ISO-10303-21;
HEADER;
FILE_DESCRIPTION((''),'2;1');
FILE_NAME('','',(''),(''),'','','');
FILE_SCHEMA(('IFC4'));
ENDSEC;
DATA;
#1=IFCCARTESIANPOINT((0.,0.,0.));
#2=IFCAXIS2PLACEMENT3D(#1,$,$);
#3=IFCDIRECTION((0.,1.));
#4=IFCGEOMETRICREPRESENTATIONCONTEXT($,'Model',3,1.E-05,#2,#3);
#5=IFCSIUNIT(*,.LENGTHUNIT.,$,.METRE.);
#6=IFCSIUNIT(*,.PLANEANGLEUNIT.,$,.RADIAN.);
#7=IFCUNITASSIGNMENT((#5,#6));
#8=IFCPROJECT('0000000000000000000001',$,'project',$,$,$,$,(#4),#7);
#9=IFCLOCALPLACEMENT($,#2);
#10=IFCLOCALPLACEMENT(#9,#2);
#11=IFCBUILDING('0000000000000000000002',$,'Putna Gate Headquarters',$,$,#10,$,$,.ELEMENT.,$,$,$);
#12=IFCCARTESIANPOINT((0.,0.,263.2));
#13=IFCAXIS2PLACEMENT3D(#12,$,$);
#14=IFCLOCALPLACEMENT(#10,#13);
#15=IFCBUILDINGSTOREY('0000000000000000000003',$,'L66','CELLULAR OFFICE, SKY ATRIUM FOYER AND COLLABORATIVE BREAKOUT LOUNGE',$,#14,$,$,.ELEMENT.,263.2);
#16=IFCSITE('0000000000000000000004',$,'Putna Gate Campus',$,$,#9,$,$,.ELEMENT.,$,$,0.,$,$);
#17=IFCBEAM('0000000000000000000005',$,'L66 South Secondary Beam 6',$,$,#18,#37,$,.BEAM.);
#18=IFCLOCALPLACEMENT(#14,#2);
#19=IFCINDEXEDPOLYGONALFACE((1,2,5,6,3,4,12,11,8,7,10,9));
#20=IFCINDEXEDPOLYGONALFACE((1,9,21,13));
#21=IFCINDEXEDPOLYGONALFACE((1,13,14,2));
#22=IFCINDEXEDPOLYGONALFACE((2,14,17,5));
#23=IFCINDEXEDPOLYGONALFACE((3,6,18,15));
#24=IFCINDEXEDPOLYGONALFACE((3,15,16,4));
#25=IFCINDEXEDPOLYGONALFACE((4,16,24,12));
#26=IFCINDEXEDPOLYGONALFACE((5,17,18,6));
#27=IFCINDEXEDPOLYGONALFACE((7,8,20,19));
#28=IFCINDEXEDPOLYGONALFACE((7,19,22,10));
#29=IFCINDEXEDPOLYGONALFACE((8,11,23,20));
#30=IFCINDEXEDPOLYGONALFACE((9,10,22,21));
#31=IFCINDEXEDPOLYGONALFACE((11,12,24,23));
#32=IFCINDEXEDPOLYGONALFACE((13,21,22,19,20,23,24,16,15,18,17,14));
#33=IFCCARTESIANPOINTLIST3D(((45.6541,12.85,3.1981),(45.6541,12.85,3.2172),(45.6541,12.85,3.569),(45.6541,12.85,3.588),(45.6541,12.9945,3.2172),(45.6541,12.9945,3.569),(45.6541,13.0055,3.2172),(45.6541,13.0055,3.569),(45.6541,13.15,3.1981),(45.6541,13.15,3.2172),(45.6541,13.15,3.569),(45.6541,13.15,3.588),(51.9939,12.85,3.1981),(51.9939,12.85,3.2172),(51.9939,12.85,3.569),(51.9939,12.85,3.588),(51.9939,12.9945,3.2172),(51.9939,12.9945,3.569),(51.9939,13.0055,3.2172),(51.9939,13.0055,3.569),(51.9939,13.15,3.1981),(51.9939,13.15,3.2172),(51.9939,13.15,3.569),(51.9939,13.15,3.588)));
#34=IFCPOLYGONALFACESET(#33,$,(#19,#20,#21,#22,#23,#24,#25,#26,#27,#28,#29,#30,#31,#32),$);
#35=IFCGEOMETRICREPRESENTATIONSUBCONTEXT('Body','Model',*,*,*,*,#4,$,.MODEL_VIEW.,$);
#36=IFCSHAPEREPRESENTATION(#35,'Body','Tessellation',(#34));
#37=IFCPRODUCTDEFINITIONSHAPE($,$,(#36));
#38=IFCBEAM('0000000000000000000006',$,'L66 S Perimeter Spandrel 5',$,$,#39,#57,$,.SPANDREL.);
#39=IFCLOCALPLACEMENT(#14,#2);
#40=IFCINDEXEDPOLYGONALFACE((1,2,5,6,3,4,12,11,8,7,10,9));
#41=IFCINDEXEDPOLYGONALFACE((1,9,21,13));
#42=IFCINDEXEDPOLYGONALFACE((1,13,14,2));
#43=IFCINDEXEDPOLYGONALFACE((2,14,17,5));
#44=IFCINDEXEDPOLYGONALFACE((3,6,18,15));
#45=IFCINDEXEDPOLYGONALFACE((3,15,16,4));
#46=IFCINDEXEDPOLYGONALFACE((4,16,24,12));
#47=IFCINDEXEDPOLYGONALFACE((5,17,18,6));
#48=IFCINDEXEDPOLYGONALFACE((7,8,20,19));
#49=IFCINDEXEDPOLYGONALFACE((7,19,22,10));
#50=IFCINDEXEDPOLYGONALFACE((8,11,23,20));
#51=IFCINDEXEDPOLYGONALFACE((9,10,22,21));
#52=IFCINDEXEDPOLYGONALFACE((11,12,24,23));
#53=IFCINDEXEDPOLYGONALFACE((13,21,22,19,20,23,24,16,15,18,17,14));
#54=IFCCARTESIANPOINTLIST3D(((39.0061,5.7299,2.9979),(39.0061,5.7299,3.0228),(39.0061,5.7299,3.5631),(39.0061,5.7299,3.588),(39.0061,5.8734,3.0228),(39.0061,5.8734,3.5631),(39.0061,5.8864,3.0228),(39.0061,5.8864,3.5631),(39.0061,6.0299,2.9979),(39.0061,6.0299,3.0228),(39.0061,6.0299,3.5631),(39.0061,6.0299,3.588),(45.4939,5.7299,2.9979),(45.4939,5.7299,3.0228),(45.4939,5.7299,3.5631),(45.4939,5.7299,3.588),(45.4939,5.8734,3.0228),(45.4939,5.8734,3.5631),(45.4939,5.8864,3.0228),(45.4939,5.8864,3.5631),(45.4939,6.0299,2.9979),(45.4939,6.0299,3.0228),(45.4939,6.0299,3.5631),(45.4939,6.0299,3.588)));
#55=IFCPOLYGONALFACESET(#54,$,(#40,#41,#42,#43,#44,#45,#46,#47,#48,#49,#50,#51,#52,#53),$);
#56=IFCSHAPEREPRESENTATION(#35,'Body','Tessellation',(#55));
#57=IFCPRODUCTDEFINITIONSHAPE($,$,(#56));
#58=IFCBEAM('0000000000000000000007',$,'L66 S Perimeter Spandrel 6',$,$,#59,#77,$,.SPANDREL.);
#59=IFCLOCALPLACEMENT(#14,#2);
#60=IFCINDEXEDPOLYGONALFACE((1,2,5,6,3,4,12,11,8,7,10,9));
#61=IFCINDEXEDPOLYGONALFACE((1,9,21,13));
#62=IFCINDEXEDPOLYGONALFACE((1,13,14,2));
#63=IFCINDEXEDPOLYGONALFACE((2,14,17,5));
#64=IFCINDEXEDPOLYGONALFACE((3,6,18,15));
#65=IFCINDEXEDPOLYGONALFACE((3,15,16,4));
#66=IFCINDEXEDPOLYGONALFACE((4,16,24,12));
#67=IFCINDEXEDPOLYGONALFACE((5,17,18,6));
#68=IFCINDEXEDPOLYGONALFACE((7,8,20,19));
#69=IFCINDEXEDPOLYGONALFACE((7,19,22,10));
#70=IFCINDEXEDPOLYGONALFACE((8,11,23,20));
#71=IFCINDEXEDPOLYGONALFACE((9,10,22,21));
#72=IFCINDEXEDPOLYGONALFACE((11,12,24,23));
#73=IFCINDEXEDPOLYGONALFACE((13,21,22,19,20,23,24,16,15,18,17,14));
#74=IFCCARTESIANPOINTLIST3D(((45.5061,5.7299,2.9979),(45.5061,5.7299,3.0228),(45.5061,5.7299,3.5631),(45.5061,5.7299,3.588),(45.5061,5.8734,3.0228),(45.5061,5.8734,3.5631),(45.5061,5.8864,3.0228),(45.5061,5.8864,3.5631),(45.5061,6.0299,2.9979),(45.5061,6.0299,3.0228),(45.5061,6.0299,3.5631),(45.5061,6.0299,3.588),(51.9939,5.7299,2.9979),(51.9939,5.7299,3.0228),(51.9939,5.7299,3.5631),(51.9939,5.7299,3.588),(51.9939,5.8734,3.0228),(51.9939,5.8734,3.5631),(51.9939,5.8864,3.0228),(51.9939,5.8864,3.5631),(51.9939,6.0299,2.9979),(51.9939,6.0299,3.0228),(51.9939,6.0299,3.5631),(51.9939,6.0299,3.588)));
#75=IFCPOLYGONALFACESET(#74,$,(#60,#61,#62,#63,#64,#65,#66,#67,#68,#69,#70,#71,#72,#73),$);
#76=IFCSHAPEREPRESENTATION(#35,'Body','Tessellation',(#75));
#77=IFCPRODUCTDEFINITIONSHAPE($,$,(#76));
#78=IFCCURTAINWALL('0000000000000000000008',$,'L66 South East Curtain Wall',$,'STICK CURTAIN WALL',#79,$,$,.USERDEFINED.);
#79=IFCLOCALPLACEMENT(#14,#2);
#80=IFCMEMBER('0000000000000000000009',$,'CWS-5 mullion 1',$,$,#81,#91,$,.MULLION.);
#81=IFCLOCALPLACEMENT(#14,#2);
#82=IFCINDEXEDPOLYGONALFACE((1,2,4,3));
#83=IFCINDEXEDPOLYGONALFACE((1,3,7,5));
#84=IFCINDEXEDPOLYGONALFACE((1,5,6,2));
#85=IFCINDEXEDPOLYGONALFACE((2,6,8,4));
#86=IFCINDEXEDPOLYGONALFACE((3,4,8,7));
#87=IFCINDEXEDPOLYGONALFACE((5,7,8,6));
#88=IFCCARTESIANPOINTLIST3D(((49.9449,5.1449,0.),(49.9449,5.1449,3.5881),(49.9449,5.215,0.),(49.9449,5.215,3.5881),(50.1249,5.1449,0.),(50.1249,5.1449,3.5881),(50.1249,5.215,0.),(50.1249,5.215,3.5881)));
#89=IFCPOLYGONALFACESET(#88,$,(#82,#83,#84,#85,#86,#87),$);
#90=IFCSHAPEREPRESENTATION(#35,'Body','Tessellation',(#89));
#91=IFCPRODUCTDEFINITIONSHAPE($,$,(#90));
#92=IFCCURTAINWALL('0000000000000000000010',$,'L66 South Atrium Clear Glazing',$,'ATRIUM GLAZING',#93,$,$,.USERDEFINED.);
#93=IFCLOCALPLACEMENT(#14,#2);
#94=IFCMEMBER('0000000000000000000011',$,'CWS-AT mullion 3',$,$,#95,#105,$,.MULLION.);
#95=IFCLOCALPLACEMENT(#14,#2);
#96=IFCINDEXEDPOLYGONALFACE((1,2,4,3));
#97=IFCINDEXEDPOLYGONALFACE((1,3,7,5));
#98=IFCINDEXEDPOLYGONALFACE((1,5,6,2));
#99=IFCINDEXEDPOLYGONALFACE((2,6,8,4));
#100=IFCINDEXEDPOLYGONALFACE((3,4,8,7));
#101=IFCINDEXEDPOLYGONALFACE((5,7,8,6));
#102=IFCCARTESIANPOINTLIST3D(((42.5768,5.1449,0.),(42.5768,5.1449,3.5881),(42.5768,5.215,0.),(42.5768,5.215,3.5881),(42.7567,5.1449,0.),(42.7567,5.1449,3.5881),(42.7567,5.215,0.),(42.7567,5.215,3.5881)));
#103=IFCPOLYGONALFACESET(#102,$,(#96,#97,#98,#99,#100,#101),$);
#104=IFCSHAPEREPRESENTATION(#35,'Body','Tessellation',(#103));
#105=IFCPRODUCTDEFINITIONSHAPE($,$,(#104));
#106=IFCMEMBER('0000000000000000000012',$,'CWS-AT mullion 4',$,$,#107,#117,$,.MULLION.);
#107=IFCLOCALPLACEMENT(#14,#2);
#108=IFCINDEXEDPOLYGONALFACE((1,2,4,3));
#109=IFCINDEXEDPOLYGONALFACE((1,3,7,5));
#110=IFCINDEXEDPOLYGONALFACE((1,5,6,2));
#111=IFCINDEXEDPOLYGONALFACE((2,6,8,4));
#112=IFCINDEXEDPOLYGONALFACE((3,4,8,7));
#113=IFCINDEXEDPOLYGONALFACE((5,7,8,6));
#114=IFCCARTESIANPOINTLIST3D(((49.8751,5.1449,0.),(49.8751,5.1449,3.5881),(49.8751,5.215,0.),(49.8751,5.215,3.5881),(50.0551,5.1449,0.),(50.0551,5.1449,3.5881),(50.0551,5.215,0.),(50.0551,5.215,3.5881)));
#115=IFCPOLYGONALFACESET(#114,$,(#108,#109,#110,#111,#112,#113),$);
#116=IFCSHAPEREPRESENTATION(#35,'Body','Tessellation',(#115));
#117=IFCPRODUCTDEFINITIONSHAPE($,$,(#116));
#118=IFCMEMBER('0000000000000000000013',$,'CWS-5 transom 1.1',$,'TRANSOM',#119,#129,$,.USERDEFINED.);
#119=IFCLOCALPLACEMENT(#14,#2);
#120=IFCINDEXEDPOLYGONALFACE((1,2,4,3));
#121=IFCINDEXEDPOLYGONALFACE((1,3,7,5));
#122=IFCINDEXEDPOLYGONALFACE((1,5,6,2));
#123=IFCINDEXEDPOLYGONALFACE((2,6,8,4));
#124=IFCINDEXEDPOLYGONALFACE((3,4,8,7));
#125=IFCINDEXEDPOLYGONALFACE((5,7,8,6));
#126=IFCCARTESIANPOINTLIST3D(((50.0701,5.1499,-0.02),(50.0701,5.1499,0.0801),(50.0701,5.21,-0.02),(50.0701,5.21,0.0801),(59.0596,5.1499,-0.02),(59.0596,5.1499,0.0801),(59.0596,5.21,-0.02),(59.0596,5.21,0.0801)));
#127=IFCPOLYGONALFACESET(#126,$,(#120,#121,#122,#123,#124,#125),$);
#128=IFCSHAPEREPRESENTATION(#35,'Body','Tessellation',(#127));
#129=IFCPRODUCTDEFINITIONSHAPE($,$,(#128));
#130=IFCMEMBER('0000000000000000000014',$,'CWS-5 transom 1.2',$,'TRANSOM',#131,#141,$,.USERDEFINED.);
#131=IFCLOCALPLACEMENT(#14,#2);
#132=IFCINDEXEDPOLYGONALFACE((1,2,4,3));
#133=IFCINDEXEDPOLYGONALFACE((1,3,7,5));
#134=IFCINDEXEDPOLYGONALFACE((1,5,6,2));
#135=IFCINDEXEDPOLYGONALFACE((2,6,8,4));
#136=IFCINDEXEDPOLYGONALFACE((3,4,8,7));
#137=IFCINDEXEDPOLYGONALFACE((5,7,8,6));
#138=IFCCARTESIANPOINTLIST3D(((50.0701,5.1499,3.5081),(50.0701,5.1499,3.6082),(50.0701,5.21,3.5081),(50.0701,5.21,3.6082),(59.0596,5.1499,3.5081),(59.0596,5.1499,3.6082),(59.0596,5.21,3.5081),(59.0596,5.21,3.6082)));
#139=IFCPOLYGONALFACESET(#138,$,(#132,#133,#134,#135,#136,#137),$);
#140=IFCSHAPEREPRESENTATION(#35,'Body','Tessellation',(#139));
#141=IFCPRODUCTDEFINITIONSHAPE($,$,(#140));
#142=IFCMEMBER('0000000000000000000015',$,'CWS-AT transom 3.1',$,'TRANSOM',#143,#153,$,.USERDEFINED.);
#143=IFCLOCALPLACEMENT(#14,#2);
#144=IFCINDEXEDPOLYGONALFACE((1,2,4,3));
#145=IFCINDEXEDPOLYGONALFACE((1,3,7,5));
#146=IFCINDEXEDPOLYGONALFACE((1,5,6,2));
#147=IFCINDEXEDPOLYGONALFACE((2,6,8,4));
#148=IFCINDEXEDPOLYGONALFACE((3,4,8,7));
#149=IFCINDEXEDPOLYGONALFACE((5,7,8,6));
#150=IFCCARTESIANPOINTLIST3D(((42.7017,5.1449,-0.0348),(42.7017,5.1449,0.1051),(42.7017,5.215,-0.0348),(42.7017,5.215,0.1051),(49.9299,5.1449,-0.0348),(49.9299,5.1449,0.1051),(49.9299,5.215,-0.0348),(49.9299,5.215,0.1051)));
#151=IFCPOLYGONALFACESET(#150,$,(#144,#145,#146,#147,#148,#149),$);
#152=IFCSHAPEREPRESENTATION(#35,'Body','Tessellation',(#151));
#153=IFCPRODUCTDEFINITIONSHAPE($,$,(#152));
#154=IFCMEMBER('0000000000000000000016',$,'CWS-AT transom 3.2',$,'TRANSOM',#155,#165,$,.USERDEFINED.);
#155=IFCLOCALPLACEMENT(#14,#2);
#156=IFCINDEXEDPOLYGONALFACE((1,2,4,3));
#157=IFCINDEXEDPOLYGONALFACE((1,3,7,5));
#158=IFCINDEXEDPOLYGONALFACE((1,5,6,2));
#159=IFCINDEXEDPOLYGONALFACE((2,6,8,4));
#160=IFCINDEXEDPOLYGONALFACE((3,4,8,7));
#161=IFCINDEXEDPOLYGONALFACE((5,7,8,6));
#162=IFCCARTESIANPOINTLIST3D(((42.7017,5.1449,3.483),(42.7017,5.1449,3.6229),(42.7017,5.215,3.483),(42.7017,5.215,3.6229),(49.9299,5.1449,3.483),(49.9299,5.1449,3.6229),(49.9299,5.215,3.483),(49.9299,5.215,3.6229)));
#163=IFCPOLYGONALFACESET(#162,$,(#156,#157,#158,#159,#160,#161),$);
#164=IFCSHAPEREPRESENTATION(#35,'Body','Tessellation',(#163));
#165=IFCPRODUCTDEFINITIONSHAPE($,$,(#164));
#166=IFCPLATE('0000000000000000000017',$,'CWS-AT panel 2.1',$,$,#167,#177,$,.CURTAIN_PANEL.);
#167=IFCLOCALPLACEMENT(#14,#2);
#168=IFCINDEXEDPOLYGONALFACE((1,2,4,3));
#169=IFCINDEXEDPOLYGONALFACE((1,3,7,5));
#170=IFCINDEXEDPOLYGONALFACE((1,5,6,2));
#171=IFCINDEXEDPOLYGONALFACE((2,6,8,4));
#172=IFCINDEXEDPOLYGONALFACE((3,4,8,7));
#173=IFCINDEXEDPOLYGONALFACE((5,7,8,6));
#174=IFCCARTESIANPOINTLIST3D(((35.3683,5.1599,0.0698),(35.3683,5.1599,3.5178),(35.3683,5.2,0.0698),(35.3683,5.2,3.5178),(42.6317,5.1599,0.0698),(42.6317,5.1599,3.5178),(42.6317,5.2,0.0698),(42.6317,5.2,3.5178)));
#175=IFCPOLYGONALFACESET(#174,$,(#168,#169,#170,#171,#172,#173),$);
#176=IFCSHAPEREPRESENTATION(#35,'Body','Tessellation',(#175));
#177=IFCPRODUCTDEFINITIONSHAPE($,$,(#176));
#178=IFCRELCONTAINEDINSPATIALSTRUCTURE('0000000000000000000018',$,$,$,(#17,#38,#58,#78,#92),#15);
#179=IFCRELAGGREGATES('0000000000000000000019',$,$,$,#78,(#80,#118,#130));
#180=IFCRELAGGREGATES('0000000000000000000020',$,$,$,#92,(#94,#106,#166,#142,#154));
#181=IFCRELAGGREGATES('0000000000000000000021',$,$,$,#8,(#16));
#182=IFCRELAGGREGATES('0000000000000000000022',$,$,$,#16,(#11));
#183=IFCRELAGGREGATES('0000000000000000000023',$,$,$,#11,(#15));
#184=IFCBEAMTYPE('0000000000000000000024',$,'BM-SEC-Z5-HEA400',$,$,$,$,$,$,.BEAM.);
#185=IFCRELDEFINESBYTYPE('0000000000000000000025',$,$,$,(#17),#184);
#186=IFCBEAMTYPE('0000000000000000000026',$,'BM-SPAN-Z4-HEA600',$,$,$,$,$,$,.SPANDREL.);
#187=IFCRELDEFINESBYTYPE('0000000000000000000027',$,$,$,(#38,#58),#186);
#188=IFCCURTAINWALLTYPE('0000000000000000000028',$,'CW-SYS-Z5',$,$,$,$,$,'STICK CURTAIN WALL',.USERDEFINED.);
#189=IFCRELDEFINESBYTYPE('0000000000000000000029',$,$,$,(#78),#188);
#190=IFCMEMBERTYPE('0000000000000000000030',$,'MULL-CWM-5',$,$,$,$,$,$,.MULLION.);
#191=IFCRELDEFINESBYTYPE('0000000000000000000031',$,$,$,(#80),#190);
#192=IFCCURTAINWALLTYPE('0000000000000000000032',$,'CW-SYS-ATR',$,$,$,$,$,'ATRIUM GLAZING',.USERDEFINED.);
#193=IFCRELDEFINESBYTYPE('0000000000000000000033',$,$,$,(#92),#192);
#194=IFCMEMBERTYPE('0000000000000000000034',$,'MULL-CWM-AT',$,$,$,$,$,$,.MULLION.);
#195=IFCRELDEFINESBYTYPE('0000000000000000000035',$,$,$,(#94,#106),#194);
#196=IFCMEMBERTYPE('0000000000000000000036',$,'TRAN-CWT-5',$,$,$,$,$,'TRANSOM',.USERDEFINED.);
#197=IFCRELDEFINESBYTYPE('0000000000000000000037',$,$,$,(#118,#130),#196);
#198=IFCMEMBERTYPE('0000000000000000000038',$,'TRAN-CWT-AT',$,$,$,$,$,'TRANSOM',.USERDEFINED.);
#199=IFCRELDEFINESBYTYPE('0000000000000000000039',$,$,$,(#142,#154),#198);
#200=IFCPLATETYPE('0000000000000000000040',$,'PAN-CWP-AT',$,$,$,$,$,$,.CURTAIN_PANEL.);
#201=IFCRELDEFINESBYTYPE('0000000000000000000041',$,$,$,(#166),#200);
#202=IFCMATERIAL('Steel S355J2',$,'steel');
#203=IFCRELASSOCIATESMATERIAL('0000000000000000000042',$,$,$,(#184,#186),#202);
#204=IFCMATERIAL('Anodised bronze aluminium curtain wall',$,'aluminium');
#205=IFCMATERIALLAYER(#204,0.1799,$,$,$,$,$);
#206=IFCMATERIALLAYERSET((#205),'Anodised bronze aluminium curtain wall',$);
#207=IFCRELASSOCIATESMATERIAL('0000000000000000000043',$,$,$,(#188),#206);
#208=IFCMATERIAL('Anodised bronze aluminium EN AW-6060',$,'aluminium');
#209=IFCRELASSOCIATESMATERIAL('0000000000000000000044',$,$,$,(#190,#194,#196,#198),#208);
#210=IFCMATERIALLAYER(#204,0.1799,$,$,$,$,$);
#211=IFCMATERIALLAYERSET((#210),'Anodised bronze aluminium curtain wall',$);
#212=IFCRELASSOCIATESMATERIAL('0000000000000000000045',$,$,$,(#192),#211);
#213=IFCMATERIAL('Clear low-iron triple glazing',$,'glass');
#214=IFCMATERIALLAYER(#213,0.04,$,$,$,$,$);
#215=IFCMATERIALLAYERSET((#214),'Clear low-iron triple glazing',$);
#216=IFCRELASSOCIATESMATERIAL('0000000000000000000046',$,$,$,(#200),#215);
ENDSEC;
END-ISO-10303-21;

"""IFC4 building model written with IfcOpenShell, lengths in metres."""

from ifc_helpers import new_model, si_unit, direction, frame, origin, origin_2d, place, context, subcontext, project, spatial, rectangle, i_section, extrude, material, layer, layer_set, material_profile, profile_set, type_object, element, aggregate, save


model = new_model("IFC4")

# Units and contexts
model_context = context("Model", 3, precision=1e-05, world=origin(), true_north=direction((0.0, 1.0)))
body_context = subcontext(model_context, "Body", "Model", "MODEL_VIEW")
ifc_project = project(units=[si_unit("LENGTHUNIT", "METRE"), si_unit("PLANEANGLEUNIT", "RADIAN")], contexts=[model_context])

# Site, building, storey
site_placement = place(None, origin())
site = spatial("IfcSite", under=ifc_project, at=site_placement, Name="Putna Gate Campus", CompositionType="ELEMENT", RefElevation=0.0)
building_placement = place(site_placement, origin())
building = spatial("IfcBuilding", under=site, at=building_placement, Name="Putna Gate Headquarters", CompositionType="ELEMENT")
storey_placement = place(building_placement, frame((0.0, 0.0, 263.2)))
storey = spatial("IfcBuildingStorey", under=building, at=storey_placement, Name="L66", Description="CELLULAR OFFICE, SKY ATRIUM FOYER AND COLLABORATIVE BREAKOUT LOUNGE", CompositionType="ELEMENT", Elevation=263.2)

# Beams
ifc_material_1 = material(Name="Steel S355J2", Category="steel")
ifc_material_profile_1 = material_profile(ifc_material_1, i_section(OverallWidth=0.3, OverallDepth=0.3899, WebThickness=0.011, FlangeThickness=0.019, at=origin_2d()), Name="Steel S355J2")
ifc_profile_set_1 = profile_set([ifc_material_profile_1], Name="Steel S355J2")
beam_type_1 = type_object("IfcBeamType", Name="BM-SEC-Z5-HEA400", PredefinedType="BEAM", material=ifc_profile_set_1)
beam_1_placement = place(storey_placement, frame((45.6541, 13.0, 3.3931), z_axis=(1.0, 0.0, 0.0), x_axis=(0.0, 1.0, 0.0)))
element("IfcBeam", 1, at=beam_1_placement, inside=storey, type_object=beam_type_1, Name="L66 South Secondary Beam 6", PredefinedType="BEAM", context=body_context, shape_type="SweptSolid", body=[
    extrude(i_section(OverallWidth=0.3, OverallDepth=0.3899, WebThickness=0.011, FlangeThickness=0.019, at=origin_2d()), origin(), (0.0, 0.0, 1.0), 6.3398),
])
ifc_material_profile_2 = material_profile(ifc_material_1, i_section(OverallWidth=0.3, OverallDepth=0.5901, WebThickness=0.0129, FlangeThickness=0.0249, at=origin_2d()), Name="Steel S355J2")
ifc_profile_set_2 = profile_set([ifc_material_profile_2], Name="Steel S355J2")
beam_type_2 = type_object("IfcBeamType", Name="BM-SPAN-Z4-HEA600", PredefinedType="SPANDREL", material=ifc_profile_set_2)
for number, where, z_axis, x_axis, name in (
    (2, (39.0061, 5.8799, 3.293), (1.0, 0.0, 0.0), (0.0, 1.0, 0.0), "L66 S Perimeter Spandrel 5"),
    (3, (45.5061, 5.8799, 3.293), (1.0, 0.0, 0.0), (0.0, 1.0, 0.0), "L66 S Perimeter Spandrel 6"),
):
    element("IfcBeam", number, at=place(storey_placement, frame(where, z_axis=z_axis, x_axis=x_axis)), inside=storey, type_object=beam_type_2, Name=name, PredefinedType="SPANDREL", context=body_context, shape_type="SweptSolid", body=[
        extrude(i_section(OverallWidth=0.3, OverallDepth=0.5901, WebThickness=0.0129, FlangeThickness=0.0249, at=origin_2d()), origin(), (0.0, 0.0, 1.0), 6.4878),
    ])

# Curtain wall, member
ifc_material_2 = material(Name="Anodised bronze aluminium curtain wall", Category="aluminium")
ifc_layer_1 = layer(ifc_material_2, 0.1799)
ifc_layer_set_1 = layer_set([ifc_layer_1], Name="Anodised bronze aluminium curtain wall")
curtain_wall_type_1 = type_object("IfcCurtainWallType", Name="CW-SYS-Z5", ElementType="STICK CURTAIN WALL", PredefinedType="USERDEFINED", material=ifc_layer_set_1)
curtain_wall_1_placement = place(storey_placement, origin())
curtain_wall_1 = element("IfcCurtainWall", 4, at=curtain_wall_1_placement, inside=storey, type_object=curtain_wall_type_1, Name="L66 South East Curtain Wall", ObjectType="STICK CURTAIN WALL", PredefinedType="USERDEFINED")
ifc_material_3 = material(Name="Anodised bronze aluminium EN AW-6060", Category="aluminium")
ifc_material_profile_3 = material_profile(ifc_material_3, rectangle(XDim=0.0701, YDim=0.1799, at=origin_2d()), Name="Anodised bronze aluminium EN AW-6060")
ifc_profile_set_3 = profile_set([ifc_material_profile_3], Name="Anodised bronze aluminium EN AW-6060")
member_type_1 = type_object("IfcMemberType", Name="MULL-CWM-5", PredefinedType="MULLION", material=ifc_profile_set_3)
member_1_placement = place(storey_placement, frame((50.0349, 5.1799, 0.0), z_axis=(0.0, 0.0, 1.0), x_axis=(0.0, 1.0, 0.0)))
member_1 = element("IfcMember", 5, at=member_1_placement, type_object=member_type_1, Name="CWS-5 mullion 1", PredefinedType="MULLION", context=body_context, shape_type="SweptSolid", body=[
    extrude(rectangle(XDim=0.0701, YDim=0.1799, at=origin_2d()), origin(), (0.0, 0.0, 1.0), 3.5881),
])

# Curtain wall, members
ifc_layer_2 = layer(ifc_material_2, 0.1799)
ifc_layer_set_2 = layer_set([ifc_layer_2], Name="Anodised bronze aluminium curtain wall")
curtain_wall_type_2 = type_object("IfcCurtainWallType", Name="CW-SYS-ATR", ElementType="ATRIUM GLAZING", PredefinedType="USERDEFINED", material=ifc_layer_set_2)
curtain_wall_2_placement = place(storey_placement, origin())
curtain_wall_2 = element("IfcCurtainWall", 6, at=curtain_wall_2_placement, inside=storey, type_object=curtain_wall_type_2, Name="L66 South Atrium Clear Glazing", ObjectType="ATRIUM GLAZING", PredefinedType="USERDEFINED")
ifc_material_profile_4 = material_profile(ifc_material_3, rectangle(XDim=0.0701, YDim=0.1799, at=origin_2d()), Name="Anodised bronze aluminium EN AW-6060")
ifc_profile_set_4 = profile_set([ifc_material_profile_4], Name="Anodised bronze aluminium EN AW-6060")
member_type_2 = type_object("IfcMemberType", Name="MULL-CWM-AT", PredefinedType="MULLION", material=ifc_profile_set_4)
member_2_placement = place(storey_placement, frame((42.6667, 5.1799, 0.0), z_axis=(0.0, 0.0, 1.0), x_axis=(0.0, 1.0, 0.0)))
member_2 = element("IfcMember", 7, at=member_2_placement, type_object=member_type_2, Name="CWS-AT mullion 3", PredefinedType="MULLION", context=body_context, shape_type="SweptSolid", body=[
    extrude(rectangle(XDim=0.0701, YDim=0.1799, at=origin_2d()), origin(), (0.0, 0.0, 1.0), 3.5881),
])
member_3_placement = place(storey_placement, frame((49.9651, 5.1799, 0.0), z_axis=(0.0, 0.0, 1.0), x_axis=(0.0, 1.0, 0.0)))
member_3 = element("IfcMember", 8, at=member_3_placement, type_object=member_type_2, Name="CWS-AT mullion 4", PredefinedType="MULLION", context=body_context, shape_type="SweptSolid", body=[
    extrude(rectangle(XDim=0.0701, YDim=0.1799, at=origin_2d()), origin(), (0.0, 0.0, 1.0), 3.5881),
])

# Members
ifc_material_profile_5 = material_profile(ifc_material_3, rectangle(XDim=0.0601, YDim=0.1001, at=origin_2d()), Name="Anodised bronze aluminium EN AW-6060")
ifc_profile_set_5 = profile_set([ifc_material_profile_5], Name="Anodised bronze aluminium EN AW-6060")
member_type_3 = type_object("IfcMemberType", Name="TRAN-CWT-5", ElementType="TRANSOM", PredefinedType="USERDEFINED", material=ifc_profile_set_5)
member_4_placement = place(storey_placement, frame((50.0701, 5.1799, 0.03), z_axis=(1.0, 0.0, 0.0), x_axis=(0.0, 1.0, 0.0)))
member_4 = element("IfcMember", 9, at=member_4_placement, type_object=member_type_3, Name="CWS-5 transom 1.1", ObjectType="TRANSOM", PredefinedType="USERDEFINED", context=body_context, shape_type="SweptSolid", body=[
    extrude(rectangle(XDim=0.0601, YDim=0.1001, at=origin_2d()), origin(), (0.0, 0.0, 1.0), 8.9895),
])
member_5_placement = place(storey_placement, frame((50.0701, 5.1799, 3.5581), z_axis=(1.0, 0.0, 0.0), x_axis=(0.0, 1.0, 0.0)))
member_5 = element("IfcMember", 10, at=member_5_placement, type_object=member_type_3, Name="CWS-5 transom 1.2", ObjectType="TRANSOM", PredefinedType="USERDEFINED", context=body_context, shape_type="SweptSolid", body=[
    extrude(rectangle(XDim=0.0601, YDim=0.1001, at=origin_2d()), origin(), (0.0, 0.0, 1.0), 8.9895),
])
aggregate(curtain_wall_1, [member_1, member_4, member_5])
ifc_material_profile_6 = material_profile(ifc_material_3, rectangle(XDim=0.0701, YDim=0.1399, at=origin_2d()), Name="Anodised bronze aluminium EN AW-6060")
ifc_profile_set_6 = profile_set([ifc_material_profile_6], Name="Anodised bronze aluminium EN AW-6060")
member_type_4 = type_object("IfcMemberType", Name="TRAN-CWT-AT", ElementType="TRANSOM", PredefinedType="USERDEFINED", material=ifc_profile_set_6)
member_6_placement = place(storey_placement, frame((42.7017, 5.1799, 0.0352), z_axis=(1.0, 0.0, 0.0), x_axis=(0.0, 1.0, 0.0)))
member_6 = element("IfcMember", 11, at=member_6_placement, type_object=member_type_4, Name="CWS-AT transom 3.1", ObjectType="TRANSOM", PredefinedType="USERDEFINED", context=body_context, shape_type="SweptSolid", body=[
    extrude(rectangle(XDim=0.0701, YDim=0.1399, at=origin_2d()), origin(), (0.0, 0.0, 1.0), 7.2283),
])
member_7_placement = place(storey_placement, frame((42.7017, 5.1799, 3.553), z_axis=(1.0, 0.0, 0.0), x_axis=(0.0, 1.0, 0.0)))
member_7 = element("IfcMember", 12, at=member_7_placement, type_object=member_type_4, Name="CWS-AT transom 3.2", ObjectType="TRANSOM", PredefinedType="USERDEFINED", context=body_context, shape_type="SweptSolid", body=[
    extrude(rectangle(XDim=0.0701, YDim=0.1399, at=origin_2d()), origin(), (0.0, 0.0, 1.0), 7.2283),
])

# Plate
ifc_material_4 = material(Name="Clear low-iron triple glazing", Category="glass")
ifc_layer_3 = layer(ifc_material_4, 0.04)
ifc_layer_set_3 = layer_set([ifc_layer_3], Name="Clear low-iron triple glazing")
plate_type = type_object("IfcPlateType", Name="PAN-CWP-AT", PredefinedType="CURTAIN_PANEL", material=ifc_layer_set_3)
plate_1_placement = place(storey_placement, frame((39.0, 5.1799, 0.0698), z_axis=(0.0, 0.0, 1.0), x_axis=(1.0, 0.0, 0.0)))
plate_1 = element("IfcPlate", 13, at=plate_1_placement, type_object=plate_type, Name="CWS-AT panel 2.1", PredefinedType="CURTAIN_PANEL", context=body_context, shape_type="SweptSolid", body=[
    extrude(rectangle(XDim=7.2634, YDim=0.04, at=origin_2d()), origin(), (0.0, 0.0, 1.0), 3.448),
])
aggregate(curtain_wall_2, [member_2, member_3, plate_1, member_6, member_7])

save(model, "model.ifc")
